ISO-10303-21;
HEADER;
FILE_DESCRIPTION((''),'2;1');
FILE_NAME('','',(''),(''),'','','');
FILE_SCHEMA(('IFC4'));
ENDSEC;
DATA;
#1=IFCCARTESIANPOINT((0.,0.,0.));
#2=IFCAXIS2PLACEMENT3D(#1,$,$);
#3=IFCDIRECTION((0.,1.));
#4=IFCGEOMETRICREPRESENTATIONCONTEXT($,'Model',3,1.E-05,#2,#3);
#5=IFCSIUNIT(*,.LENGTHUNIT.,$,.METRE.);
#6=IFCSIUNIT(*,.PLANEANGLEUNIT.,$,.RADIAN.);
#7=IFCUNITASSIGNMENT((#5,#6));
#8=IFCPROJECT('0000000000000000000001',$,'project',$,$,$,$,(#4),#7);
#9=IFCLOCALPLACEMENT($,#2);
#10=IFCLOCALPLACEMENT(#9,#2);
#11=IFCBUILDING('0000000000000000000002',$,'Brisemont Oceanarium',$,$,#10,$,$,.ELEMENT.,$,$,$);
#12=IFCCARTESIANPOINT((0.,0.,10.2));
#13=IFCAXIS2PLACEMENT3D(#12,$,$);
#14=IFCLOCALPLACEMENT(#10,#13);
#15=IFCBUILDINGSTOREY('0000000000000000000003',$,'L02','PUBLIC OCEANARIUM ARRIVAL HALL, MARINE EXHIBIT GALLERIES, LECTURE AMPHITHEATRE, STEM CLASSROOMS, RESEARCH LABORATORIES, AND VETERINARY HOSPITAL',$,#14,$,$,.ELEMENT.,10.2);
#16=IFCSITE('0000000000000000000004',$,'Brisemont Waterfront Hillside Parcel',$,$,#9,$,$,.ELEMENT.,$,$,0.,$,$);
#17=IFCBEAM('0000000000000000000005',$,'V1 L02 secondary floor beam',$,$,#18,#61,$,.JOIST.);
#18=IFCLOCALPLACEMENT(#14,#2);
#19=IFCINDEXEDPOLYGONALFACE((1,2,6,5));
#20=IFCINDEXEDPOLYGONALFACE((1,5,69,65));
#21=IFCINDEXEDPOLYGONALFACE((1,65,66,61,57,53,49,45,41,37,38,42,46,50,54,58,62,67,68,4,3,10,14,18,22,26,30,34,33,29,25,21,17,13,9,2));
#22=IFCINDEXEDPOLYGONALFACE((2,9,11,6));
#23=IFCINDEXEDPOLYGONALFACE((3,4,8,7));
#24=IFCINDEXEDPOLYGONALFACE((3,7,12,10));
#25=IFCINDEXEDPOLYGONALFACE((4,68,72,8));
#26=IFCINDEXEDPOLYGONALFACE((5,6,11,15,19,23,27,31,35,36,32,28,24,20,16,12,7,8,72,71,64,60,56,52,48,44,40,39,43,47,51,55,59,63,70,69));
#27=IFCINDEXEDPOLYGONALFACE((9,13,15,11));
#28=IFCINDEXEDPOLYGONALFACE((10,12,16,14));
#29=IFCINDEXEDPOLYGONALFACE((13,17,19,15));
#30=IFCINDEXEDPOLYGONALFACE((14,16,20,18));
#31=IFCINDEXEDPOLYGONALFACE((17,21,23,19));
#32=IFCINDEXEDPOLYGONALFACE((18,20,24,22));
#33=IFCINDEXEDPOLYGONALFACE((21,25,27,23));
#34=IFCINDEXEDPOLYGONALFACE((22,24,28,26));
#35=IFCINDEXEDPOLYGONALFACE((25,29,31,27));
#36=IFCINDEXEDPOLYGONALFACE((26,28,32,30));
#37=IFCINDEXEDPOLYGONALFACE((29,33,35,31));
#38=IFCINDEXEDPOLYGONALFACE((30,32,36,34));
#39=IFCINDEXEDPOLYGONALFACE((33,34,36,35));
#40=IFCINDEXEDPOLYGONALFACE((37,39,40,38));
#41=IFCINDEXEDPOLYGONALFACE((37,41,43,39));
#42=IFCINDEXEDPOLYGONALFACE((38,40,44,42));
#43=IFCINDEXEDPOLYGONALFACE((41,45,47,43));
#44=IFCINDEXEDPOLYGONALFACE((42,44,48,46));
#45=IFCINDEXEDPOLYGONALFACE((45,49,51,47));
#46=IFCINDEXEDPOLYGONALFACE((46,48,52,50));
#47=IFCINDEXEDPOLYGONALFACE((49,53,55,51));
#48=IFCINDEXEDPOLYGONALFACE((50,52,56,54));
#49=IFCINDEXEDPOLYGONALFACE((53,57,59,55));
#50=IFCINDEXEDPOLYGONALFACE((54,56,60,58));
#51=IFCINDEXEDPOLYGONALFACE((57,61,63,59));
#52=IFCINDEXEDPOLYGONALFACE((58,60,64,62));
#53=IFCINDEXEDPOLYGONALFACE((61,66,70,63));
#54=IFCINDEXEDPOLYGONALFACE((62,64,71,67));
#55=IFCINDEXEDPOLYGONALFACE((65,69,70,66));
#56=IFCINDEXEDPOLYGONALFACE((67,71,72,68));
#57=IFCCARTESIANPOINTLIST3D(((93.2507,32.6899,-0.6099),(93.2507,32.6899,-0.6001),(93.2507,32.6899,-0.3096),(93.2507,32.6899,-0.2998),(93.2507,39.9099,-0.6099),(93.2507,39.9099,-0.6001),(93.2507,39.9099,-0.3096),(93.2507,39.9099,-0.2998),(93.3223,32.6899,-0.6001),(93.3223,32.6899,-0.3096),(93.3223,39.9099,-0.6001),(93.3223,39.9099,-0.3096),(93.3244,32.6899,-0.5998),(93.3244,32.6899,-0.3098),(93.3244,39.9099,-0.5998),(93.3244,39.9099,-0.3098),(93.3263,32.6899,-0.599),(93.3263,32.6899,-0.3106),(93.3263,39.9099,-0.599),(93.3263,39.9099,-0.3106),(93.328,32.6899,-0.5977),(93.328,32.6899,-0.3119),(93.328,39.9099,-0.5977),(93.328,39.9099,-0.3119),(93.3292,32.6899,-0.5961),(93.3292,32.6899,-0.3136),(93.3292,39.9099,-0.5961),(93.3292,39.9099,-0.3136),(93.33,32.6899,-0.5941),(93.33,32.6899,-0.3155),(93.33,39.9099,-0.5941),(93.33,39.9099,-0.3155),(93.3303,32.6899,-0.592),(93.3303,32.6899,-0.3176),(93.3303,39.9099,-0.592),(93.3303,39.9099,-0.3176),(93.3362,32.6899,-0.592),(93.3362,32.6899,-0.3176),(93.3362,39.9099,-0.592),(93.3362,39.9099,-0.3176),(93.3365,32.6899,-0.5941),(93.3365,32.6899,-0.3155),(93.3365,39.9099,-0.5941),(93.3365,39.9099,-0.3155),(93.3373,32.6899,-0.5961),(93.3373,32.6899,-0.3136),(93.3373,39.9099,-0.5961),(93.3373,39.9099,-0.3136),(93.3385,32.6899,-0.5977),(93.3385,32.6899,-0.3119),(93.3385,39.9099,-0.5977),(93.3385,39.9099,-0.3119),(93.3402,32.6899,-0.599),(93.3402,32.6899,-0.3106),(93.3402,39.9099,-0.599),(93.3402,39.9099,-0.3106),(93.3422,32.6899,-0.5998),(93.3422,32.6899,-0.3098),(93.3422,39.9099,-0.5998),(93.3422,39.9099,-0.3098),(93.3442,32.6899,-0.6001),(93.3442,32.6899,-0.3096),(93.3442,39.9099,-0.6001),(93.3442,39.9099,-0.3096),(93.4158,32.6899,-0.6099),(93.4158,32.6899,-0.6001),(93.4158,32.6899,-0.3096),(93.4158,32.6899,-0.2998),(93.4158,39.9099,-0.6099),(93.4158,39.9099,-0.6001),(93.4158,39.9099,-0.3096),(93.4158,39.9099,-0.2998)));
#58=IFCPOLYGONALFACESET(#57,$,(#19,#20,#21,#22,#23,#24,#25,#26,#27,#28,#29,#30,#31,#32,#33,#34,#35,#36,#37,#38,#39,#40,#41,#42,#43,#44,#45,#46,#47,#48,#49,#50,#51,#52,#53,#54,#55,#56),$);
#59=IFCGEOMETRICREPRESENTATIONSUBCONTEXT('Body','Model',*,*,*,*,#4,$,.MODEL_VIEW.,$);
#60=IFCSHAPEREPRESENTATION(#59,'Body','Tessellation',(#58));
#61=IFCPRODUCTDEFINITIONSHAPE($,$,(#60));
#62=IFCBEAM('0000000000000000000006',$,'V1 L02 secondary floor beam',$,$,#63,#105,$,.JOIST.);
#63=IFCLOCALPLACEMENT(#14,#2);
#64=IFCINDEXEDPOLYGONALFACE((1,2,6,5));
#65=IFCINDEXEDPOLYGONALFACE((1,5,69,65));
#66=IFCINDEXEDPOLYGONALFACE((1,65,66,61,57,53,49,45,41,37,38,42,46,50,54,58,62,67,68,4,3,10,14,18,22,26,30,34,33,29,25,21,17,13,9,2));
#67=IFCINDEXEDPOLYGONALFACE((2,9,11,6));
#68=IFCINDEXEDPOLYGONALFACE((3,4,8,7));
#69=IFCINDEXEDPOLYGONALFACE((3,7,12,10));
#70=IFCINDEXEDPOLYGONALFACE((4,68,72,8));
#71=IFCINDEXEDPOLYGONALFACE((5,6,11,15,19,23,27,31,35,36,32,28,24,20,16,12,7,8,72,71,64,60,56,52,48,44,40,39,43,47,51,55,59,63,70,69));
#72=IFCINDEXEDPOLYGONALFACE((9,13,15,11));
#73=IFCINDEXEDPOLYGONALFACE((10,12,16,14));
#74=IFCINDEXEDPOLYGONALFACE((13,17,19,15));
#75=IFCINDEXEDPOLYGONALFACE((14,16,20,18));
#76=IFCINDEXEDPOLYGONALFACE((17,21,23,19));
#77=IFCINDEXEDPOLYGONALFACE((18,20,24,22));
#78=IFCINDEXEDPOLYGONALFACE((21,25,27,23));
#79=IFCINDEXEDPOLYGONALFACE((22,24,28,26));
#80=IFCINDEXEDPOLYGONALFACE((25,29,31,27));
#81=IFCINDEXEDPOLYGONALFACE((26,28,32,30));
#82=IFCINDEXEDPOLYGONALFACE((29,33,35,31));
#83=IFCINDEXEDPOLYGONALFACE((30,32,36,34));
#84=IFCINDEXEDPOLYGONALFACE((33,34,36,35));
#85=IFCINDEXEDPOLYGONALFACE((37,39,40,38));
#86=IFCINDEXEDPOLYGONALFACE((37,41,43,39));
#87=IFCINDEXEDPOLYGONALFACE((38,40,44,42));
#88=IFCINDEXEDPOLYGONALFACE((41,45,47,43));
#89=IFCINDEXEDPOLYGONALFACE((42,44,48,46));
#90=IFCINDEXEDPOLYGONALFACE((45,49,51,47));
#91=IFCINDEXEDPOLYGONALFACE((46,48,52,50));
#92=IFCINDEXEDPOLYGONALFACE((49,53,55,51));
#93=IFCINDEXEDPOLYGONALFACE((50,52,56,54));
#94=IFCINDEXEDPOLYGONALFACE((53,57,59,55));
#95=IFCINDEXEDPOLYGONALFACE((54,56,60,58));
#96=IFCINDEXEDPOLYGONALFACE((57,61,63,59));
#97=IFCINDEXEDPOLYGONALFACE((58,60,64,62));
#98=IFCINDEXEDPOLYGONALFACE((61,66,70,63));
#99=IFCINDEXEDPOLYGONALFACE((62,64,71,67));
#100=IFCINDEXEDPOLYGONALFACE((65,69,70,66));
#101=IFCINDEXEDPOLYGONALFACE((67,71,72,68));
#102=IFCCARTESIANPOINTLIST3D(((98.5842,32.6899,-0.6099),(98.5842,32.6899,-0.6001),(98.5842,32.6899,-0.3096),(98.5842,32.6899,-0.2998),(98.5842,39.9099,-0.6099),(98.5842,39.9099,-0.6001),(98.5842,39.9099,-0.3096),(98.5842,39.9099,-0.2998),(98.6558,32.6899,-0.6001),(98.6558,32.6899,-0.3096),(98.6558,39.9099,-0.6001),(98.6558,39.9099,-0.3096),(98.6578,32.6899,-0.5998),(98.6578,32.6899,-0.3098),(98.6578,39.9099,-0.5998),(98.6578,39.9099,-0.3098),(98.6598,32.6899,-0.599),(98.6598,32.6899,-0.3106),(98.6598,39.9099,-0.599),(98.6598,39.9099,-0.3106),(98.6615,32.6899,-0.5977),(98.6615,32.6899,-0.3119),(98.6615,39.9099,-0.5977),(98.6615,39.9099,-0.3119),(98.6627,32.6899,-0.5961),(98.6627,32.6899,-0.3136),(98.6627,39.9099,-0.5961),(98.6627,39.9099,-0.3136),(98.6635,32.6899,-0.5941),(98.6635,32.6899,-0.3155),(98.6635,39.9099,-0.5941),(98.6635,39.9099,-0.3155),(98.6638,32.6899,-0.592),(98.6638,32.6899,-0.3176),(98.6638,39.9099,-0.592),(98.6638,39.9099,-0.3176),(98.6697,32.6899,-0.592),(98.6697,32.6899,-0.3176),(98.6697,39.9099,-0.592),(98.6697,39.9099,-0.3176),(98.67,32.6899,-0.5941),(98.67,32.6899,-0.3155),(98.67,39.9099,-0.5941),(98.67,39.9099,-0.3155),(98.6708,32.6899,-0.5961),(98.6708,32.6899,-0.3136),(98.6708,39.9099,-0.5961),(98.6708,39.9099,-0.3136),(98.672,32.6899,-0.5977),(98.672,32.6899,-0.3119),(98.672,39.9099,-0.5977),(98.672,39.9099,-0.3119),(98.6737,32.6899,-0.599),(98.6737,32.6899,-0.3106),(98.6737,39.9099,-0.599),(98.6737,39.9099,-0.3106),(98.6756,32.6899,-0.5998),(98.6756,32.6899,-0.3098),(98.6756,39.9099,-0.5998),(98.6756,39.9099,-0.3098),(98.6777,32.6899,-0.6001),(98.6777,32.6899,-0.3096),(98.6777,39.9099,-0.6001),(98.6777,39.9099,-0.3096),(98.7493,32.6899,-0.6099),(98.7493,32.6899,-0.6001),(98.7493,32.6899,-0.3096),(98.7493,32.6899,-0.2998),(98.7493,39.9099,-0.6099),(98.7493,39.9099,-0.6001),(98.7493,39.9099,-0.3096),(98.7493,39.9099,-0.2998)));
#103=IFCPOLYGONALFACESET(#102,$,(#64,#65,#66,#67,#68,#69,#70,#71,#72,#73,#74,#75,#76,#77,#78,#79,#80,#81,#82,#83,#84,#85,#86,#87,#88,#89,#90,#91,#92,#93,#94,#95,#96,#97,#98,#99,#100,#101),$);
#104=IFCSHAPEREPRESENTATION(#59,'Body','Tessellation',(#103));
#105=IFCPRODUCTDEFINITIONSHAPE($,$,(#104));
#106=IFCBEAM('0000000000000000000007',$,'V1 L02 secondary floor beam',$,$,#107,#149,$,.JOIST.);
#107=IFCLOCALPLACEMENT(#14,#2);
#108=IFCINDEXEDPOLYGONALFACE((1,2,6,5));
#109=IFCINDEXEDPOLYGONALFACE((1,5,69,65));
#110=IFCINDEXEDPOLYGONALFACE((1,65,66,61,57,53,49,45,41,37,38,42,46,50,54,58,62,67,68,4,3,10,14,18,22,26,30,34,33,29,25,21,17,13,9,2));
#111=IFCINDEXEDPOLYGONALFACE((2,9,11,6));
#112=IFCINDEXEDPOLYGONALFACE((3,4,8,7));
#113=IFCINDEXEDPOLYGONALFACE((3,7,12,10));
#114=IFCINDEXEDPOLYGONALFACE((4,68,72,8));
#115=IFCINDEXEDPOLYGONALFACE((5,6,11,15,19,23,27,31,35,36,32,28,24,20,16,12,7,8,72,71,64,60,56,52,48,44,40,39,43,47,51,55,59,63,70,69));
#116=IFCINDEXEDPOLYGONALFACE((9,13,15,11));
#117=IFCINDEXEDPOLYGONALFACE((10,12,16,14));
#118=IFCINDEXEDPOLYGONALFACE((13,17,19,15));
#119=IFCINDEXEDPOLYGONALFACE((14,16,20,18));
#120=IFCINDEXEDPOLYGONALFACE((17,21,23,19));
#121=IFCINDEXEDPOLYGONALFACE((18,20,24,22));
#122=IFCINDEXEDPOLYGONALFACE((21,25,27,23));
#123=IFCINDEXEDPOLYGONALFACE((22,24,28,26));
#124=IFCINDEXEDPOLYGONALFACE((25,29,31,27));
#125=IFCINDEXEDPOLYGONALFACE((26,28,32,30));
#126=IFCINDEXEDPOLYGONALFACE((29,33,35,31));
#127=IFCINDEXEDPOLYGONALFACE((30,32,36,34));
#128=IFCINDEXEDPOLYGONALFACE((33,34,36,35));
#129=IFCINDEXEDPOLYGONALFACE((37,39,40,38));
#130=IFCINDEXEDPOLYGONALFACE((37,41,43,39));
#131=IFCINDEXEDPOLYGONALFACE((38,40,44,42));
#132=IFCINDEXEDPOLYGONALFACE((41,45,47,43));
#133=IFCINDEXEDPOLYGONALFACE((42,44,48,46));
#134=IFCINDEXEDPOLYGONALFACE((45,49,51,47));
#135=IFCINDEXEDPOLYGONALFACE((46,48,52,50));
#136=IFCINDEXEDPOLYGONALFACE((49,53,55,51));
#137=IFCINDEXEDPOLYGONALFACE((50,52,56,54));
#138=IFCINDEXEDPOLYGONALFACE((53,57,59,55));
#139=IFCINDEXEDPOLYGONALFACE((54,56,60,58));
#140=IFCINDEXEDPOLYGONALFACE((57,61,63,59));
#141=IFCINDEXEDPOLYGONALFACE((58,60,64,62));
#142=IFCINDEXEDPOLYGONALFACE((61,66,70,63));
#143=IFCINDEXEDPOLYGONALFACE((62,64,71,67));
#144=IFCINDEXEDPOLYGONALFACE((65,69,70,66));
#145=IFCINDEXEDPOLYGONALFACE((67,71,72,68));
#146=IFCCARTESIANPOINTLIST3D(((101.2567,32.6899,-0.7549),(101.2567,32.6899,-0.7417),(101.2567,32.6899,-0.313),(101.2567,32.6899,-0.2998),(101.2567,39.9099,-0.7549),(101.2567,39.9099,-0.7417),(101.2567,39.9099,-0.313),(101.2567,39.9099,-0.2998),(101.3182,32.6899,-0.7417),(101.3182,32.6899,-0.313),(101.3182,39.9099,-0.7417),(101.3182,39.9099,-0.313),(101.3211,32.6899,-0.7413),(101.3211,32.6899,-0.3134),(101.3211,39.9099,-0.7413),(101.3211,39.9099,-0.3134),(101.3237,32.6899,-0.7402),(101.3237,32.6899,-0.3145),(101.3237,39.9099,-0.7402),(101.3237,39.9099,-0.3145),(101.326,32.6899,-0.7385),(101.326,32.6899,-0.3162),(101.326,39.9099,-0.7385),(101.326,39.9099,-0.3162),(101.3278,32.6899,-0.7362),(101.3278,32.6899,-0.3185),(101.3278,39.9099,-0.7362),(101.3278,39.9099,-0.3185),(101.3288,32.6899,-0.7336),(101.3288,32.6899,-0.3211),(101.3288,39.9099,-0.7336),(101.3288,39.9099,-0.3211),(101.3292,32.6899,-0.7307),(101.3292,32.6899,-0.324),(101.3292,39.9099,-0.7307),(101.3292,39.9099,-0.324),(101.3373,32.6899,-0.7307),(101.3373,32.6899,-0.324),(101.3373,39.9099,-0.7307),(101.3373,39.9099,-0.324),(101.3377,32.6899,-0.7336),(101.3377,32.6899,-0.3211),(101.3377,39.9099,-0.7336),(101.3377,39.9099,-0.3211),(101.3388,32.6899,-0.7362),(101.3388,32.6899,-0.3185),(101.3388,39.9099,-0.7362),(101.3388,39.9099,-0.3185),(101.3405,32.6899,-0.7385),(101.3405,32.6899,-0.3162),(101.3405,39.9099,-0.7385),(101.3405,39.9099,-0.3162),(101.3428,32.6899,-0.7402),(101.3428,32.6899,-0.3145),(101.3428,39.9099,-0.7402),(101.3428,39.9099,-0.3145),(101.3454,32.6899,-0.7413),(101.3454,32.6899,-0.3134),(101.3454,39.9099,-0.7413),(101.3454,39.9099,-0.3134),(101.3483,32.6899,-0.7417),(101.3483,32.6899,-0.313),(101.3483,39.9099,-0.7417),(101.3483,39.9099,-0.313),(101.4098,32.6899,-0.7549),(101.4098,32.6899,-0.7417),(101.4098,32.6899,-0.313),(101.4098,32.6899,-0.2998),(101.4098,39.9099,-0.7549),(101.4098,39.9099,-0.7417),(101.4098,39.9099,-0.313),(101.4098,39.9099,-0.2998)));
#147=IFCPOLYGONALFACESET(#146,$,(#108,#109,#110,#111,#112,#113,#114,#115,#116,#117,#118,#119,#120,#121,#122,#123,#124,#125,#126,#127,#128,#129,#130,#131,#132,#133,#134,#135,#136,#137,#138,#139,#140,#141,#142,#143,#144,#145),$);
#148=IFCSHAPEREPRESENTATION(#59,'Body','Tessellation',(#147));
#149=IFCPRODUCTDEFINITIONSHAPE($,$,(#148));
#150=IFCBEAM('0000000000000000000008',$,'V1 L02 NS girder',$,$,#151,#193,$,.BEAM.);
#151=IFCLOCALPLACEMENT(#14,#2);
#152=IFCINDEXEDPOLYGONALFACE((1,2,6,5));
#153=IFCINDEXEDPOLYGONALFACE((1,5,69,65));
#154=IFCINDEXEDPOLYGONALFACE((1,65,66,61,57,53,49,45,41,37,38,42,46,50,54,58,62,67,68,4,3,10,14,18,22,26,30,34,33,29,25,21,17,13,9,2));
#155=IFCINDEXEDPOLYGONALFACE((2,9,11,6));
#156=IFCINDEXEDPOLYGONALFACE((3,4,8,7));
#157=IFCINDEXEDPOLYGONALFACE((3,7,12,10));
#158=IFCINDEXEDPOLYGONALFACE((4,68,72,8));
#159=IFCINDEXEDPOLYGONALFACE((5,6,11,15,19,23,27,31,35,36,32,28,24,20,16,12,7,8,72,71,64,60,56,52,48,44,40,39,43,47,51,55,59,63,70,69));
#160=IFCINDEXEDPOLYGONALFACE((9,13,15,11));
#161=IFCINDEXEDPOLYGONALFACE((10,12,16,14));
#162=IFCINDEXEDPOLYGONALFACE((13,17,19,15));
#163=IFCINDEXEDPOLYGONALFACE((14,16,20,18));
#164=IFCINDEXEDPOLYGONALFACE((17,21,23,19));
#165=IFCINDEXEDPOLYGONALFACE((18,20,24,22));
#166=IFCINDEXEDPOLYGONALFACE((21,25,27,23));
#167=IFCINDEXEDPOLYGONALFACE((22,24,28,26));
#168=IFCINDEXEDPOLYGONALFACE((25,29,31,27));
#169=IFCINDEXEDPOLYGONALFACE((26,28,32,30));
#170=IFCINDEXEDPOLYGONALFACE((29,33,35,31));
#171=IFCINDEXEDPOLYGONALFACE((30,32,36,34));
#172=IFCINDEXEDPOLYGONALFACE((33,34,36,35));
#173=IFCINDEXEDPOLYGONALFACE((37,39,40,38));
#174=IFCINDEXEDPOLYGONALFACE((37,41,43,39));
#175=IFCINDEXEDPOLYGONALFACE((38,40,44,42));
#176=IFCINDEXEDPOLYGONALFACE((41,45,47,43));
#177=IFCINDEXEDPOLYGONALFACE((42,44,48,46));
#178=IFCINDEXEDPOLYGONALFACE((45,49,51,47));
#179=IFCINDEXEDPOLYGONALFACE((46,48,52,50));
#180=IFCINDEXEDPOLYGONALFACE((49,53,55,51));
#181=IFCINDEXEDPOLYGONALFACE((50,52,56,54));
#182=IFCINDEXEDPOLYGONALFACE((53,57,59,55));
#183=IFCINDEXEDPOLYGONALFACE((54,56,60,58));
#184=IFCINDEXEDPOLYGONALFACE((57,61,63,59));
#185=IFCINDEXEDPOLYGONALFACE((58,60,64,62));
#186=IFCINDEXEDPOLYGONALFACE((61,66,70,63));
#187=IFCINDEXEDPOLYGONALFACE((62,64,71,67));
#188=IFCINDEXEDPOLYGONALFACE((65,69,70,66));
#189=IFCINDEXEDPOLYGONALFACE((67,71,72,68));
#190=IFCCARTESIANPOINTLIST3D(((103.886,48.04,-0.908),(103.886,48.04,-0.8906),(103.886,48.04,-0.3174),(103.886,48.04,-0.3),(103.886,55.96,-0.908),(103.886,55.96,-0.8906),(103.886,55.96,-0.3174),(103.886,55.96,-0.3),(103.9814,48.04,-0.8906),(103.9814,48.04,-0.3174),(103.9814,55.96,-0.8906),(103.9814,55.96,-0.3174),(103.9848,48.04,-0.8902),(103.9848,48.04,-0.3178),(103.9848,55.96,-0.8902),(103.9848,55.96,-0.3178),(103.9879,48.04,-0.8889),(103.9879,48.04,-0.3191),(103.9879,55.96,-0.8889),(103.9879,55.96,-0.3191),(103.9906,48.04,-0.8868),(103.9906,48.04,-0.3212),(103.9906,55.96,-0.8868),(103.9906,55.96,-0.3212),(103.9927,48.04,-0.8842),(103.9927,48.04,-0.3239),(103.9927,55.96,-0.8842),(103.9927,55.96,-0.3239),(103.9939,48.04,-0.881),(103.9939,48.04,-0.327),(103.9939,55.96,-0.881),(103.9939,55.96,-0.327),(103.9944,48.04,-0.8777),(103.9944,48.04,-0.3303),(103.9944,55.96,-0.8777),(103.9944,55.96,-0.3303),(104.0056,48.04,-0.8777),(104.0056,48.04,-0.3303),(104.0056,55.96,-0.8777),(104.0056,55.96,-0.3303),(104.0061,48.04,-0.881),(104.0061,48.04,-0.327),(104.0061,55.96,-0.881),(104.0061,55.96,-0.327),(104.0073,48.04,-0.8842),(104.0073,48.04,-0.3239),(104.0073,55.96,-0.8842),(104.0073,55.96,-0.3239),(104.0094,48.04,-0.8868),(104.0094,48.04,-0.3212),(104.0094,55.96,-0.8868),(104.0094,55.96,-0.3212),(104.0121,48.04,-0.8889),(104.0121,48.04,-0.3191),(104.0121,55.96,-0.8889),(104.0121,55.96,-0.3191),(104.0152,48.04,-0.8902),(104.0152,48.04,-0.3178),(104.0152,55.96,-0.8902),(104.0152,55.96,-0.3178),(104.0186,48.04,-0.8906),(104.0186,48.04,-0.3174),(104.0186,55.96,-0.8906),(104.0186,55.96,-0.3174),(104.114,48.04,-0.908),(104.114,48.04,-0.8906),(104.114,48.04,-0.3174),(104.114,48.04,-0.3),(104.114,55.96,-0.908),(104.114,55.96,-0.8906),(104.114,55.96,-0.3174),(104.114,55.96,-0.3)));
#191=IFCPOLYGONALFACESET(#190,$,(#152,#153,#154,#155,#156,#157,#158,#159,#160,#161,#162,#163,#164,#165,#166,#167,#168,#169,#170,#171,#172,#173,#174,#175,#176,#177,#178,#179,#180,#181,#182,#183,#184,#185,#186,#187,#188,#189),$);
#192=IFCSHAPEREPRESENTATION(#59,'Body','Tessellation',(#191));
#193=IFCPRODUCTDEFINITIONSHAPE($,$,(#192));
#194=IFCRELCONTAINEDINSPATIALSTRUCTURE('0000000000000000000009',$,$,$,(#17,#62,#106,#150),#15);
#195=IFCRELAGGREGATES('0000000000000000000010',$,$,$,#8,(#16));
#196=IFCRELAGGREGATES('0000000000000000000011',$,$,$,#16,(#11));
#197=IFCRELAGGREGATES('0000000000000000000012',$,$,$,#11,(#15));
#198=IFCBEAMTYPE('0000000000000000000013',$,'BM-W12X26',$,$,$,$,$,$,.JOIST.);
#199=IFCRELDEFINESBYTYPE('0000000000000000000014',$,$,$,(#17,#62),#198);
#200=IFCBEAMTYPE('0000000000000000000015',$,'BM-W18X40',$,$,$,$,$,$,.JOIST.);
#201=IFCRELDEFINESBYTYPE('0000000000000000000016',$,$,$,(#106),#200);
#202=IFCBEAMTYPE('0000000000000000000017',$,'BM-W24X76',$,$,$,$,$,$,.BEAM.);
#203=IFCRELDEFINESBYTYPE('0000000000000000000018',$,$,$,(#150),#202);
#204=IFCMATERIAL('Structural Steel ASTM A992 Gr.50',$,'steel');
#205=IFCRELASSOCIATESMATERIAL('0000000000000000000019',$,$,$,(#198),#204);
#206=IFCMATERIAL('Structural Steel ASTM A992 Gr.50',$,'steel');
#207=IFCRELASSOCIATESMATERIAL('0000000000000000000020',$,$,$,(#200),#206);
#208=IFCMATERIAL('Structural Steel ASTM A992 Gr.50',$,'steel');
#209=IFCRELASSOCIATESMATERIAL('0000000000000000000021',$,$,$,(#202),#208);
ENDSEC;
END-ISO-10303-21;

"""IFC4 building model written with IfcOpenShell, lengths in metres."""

from ifc_helpers import new_model, si_unit, direction, frame, origin, origin_2d, place, context, subcontext, project, spatial, i_section, extrude, material, material_profile, profile_set, type_object, element, save


model = new_model("IFC4")

# Units and contexts
model_context = context("Model", 3, precision=1e-05, world=origin(), true_north=direction((0.0, 1.0)))
body_context = subcontext(model_context, "Body", "Model", "MODEL_VIEW")
ifc_project = project(units=[si_unit("LENGTHUNIT", "METRE"), si_unit("PLANEANGLEUNIT", "RADIAN")], contexts=[model_context])

# Site, building, storey
site_placement = place(None, origin())
site = spatial("IfcSite", under=ifc_project, at=site_placement, Name="Brisemont Waterfront Hillside Parcel", CompositionType="ELEMENT", RefElevation=0.0)
building_placement = place(site_placement, origin())
building = spatial("IfcBuilding", under=site, at=building_placement, Name="Brisemont Oceanarium", CompositionType="ELEMENT")
storey_placement = place(building_placement, frame((0.0, 0.0, 10.2)))
storey = spatial("IfcBuildingStorey", under=building, at=storey_placement, Name="L02", Description="PUBLIC OCEANARIUM ARRIVAL HALL, MARINE EXHIBIT GALLERIES, LECTURE AMPHITHEATRE, STEM CLASSROOMS, RESEARCH LABORATORIES, AND VETERINARY HOSPITAL", CompositionType="ELEMENT", Elevation=10.2)

# Beams
ifc_material_1 = material(Name="Structural Steel ASTM A992 Gr.50", Category="steel")
ifc_material_profile_1 = material_profile(ifc_material_1, i_section(OverallWidth=0.165, OverallDepth=0.3101, WebThickness=0.0059, FlangeThickness=0.0098, FilletRadius=0.0081, at=origin_2d()), Name="W12X26")
ifc_profile_set_1 = profile_set([ifc_material_profile_1], Name="Structural Steel ASTM A992 Gr.50")
beam_type_1 = type_object("IfcBeamType", Name="BM-W12X26", PredefinedType="JOIST", material=ifc_profile_set_1)
for number, where, z_axis, x_axis, name in (
    (1, (93.3333, 32.6899, -0.4548), (0.0, 1.0, 0.0), (-1.0, 0.0, 0.0), "V1 L02 secondary floor beam"),
    (2, (98.6667, 32.6899, -0.4548), (0.0, 1.0, 0.0), (-1.0, 0.0, 0.0), "V1 L02 secondary floor beam"),
):
    element("IfcBeam", number, at=place(storey_placement, frame(where, z_axis=z_axis, x_axis=x_axis)), inside=storey, type_object=beam_type_1, Name=name, PredefinedType="JOIST", context=body_context, shape_type="SweptSolid", body=[
        extrude(i_section(OverallWidth=0.165, OverallDepth=0.3101, WebThickness=0.0059, FlangeThickness=0.0098, FilletRadius=0.0081, at=origin_2d()), origin(), (0.0, 0.0, 1.0), 7.22),
    ])
ifc_material_2 = material(Name="Structural Steel ASTM A992 Gr.50", Category="steel")
ifc_material_profile_2 = material_profile(ifc_material_2, i_section(OverallWidth=0.1531, OverallDepth=0.4551, WebThickness=0.0081, FlangeThickness=0.0132, FilletRadius=0.011, at=origin_2d()), Name="W18X40")
ifc_profile_set_2 = profile_set([ifc_material_profile_2], Name="Structural Steel ASTM A992 Gr.50")
beam_type_2 = type_object("IfcBeamType", Name="BM-W18X40", PredefinedType="JOIST", material=ifc_profile_set_2)
beam_1_placement = place(storey_placement, frame((101.3333, 32.6899, -0.5273), z_axis=(0.0, 1.0, 0.0), x_axis=(-1.0, 0.0, 0.0)))
element("IfcBeam", 3, at=beam_1_placement, inside=storey, type_object=beam_type_2, Name="V1 L02 secondary floor beam", PredefinedType="JOIST", context=body_context, shape_type="SweptSolid", body=[
    extrude(i_section(OverallWidth=0.1531, OverallDepth=0.4551, WebThickness=0.0081, FlangeThickness=0.0132, FilletRadius=0.011, at=origin_2d()), origin(), (0.0, 0.0, 1.0), 7.22),
])
ifc_material_3 = material(Name="Structural Steel ASTM A992 Gr.50", Category="steel")
ifc_material_profile_3 = material_profile(ifc_material_3, i_section(OverallWidth=0.228, OverallDepth=0.6079, WebThickness=0.0112, FlangeThickness=0.0173, FilletRadius=0.0129, at=origin_2d()), Name="W24X76")
ifc_profile_set_3 = profile_set([ifc_material_profile_3], Name="Structural Steel ASTM A992 Gr.50")
beam_type_3 = type_object("IfcBeamType", Name="BM-W24X76", PredefinedType="BEAM", material=ifc_profile_set_3)
beam_2_placement = place(storey_placement, frame((104.0, 48.04, -0.604), z_axis=(0.0, 1.0, 0.0), x_axis=(-1.0, 0.0, 0.0)))
element("IfcBeam", 4, at=beam_2_placement, inside=storey, type_object=beam_type_3, Name="V1 L02 NS girder", PredefinedType="BEAM", context=body_context, shape_type="SweptSolid", body=[
    extrude(i_section(OverallWidth=0.228, OverallDepth=0.6079, WebThickness=0.0112, FlangeThickness=0.0173, FilletRadius=0.0129, at=origin_2d()), origin(), (0.0, 0.0, 1.0), 7.9199),
])

save(model, "model.ifc")
